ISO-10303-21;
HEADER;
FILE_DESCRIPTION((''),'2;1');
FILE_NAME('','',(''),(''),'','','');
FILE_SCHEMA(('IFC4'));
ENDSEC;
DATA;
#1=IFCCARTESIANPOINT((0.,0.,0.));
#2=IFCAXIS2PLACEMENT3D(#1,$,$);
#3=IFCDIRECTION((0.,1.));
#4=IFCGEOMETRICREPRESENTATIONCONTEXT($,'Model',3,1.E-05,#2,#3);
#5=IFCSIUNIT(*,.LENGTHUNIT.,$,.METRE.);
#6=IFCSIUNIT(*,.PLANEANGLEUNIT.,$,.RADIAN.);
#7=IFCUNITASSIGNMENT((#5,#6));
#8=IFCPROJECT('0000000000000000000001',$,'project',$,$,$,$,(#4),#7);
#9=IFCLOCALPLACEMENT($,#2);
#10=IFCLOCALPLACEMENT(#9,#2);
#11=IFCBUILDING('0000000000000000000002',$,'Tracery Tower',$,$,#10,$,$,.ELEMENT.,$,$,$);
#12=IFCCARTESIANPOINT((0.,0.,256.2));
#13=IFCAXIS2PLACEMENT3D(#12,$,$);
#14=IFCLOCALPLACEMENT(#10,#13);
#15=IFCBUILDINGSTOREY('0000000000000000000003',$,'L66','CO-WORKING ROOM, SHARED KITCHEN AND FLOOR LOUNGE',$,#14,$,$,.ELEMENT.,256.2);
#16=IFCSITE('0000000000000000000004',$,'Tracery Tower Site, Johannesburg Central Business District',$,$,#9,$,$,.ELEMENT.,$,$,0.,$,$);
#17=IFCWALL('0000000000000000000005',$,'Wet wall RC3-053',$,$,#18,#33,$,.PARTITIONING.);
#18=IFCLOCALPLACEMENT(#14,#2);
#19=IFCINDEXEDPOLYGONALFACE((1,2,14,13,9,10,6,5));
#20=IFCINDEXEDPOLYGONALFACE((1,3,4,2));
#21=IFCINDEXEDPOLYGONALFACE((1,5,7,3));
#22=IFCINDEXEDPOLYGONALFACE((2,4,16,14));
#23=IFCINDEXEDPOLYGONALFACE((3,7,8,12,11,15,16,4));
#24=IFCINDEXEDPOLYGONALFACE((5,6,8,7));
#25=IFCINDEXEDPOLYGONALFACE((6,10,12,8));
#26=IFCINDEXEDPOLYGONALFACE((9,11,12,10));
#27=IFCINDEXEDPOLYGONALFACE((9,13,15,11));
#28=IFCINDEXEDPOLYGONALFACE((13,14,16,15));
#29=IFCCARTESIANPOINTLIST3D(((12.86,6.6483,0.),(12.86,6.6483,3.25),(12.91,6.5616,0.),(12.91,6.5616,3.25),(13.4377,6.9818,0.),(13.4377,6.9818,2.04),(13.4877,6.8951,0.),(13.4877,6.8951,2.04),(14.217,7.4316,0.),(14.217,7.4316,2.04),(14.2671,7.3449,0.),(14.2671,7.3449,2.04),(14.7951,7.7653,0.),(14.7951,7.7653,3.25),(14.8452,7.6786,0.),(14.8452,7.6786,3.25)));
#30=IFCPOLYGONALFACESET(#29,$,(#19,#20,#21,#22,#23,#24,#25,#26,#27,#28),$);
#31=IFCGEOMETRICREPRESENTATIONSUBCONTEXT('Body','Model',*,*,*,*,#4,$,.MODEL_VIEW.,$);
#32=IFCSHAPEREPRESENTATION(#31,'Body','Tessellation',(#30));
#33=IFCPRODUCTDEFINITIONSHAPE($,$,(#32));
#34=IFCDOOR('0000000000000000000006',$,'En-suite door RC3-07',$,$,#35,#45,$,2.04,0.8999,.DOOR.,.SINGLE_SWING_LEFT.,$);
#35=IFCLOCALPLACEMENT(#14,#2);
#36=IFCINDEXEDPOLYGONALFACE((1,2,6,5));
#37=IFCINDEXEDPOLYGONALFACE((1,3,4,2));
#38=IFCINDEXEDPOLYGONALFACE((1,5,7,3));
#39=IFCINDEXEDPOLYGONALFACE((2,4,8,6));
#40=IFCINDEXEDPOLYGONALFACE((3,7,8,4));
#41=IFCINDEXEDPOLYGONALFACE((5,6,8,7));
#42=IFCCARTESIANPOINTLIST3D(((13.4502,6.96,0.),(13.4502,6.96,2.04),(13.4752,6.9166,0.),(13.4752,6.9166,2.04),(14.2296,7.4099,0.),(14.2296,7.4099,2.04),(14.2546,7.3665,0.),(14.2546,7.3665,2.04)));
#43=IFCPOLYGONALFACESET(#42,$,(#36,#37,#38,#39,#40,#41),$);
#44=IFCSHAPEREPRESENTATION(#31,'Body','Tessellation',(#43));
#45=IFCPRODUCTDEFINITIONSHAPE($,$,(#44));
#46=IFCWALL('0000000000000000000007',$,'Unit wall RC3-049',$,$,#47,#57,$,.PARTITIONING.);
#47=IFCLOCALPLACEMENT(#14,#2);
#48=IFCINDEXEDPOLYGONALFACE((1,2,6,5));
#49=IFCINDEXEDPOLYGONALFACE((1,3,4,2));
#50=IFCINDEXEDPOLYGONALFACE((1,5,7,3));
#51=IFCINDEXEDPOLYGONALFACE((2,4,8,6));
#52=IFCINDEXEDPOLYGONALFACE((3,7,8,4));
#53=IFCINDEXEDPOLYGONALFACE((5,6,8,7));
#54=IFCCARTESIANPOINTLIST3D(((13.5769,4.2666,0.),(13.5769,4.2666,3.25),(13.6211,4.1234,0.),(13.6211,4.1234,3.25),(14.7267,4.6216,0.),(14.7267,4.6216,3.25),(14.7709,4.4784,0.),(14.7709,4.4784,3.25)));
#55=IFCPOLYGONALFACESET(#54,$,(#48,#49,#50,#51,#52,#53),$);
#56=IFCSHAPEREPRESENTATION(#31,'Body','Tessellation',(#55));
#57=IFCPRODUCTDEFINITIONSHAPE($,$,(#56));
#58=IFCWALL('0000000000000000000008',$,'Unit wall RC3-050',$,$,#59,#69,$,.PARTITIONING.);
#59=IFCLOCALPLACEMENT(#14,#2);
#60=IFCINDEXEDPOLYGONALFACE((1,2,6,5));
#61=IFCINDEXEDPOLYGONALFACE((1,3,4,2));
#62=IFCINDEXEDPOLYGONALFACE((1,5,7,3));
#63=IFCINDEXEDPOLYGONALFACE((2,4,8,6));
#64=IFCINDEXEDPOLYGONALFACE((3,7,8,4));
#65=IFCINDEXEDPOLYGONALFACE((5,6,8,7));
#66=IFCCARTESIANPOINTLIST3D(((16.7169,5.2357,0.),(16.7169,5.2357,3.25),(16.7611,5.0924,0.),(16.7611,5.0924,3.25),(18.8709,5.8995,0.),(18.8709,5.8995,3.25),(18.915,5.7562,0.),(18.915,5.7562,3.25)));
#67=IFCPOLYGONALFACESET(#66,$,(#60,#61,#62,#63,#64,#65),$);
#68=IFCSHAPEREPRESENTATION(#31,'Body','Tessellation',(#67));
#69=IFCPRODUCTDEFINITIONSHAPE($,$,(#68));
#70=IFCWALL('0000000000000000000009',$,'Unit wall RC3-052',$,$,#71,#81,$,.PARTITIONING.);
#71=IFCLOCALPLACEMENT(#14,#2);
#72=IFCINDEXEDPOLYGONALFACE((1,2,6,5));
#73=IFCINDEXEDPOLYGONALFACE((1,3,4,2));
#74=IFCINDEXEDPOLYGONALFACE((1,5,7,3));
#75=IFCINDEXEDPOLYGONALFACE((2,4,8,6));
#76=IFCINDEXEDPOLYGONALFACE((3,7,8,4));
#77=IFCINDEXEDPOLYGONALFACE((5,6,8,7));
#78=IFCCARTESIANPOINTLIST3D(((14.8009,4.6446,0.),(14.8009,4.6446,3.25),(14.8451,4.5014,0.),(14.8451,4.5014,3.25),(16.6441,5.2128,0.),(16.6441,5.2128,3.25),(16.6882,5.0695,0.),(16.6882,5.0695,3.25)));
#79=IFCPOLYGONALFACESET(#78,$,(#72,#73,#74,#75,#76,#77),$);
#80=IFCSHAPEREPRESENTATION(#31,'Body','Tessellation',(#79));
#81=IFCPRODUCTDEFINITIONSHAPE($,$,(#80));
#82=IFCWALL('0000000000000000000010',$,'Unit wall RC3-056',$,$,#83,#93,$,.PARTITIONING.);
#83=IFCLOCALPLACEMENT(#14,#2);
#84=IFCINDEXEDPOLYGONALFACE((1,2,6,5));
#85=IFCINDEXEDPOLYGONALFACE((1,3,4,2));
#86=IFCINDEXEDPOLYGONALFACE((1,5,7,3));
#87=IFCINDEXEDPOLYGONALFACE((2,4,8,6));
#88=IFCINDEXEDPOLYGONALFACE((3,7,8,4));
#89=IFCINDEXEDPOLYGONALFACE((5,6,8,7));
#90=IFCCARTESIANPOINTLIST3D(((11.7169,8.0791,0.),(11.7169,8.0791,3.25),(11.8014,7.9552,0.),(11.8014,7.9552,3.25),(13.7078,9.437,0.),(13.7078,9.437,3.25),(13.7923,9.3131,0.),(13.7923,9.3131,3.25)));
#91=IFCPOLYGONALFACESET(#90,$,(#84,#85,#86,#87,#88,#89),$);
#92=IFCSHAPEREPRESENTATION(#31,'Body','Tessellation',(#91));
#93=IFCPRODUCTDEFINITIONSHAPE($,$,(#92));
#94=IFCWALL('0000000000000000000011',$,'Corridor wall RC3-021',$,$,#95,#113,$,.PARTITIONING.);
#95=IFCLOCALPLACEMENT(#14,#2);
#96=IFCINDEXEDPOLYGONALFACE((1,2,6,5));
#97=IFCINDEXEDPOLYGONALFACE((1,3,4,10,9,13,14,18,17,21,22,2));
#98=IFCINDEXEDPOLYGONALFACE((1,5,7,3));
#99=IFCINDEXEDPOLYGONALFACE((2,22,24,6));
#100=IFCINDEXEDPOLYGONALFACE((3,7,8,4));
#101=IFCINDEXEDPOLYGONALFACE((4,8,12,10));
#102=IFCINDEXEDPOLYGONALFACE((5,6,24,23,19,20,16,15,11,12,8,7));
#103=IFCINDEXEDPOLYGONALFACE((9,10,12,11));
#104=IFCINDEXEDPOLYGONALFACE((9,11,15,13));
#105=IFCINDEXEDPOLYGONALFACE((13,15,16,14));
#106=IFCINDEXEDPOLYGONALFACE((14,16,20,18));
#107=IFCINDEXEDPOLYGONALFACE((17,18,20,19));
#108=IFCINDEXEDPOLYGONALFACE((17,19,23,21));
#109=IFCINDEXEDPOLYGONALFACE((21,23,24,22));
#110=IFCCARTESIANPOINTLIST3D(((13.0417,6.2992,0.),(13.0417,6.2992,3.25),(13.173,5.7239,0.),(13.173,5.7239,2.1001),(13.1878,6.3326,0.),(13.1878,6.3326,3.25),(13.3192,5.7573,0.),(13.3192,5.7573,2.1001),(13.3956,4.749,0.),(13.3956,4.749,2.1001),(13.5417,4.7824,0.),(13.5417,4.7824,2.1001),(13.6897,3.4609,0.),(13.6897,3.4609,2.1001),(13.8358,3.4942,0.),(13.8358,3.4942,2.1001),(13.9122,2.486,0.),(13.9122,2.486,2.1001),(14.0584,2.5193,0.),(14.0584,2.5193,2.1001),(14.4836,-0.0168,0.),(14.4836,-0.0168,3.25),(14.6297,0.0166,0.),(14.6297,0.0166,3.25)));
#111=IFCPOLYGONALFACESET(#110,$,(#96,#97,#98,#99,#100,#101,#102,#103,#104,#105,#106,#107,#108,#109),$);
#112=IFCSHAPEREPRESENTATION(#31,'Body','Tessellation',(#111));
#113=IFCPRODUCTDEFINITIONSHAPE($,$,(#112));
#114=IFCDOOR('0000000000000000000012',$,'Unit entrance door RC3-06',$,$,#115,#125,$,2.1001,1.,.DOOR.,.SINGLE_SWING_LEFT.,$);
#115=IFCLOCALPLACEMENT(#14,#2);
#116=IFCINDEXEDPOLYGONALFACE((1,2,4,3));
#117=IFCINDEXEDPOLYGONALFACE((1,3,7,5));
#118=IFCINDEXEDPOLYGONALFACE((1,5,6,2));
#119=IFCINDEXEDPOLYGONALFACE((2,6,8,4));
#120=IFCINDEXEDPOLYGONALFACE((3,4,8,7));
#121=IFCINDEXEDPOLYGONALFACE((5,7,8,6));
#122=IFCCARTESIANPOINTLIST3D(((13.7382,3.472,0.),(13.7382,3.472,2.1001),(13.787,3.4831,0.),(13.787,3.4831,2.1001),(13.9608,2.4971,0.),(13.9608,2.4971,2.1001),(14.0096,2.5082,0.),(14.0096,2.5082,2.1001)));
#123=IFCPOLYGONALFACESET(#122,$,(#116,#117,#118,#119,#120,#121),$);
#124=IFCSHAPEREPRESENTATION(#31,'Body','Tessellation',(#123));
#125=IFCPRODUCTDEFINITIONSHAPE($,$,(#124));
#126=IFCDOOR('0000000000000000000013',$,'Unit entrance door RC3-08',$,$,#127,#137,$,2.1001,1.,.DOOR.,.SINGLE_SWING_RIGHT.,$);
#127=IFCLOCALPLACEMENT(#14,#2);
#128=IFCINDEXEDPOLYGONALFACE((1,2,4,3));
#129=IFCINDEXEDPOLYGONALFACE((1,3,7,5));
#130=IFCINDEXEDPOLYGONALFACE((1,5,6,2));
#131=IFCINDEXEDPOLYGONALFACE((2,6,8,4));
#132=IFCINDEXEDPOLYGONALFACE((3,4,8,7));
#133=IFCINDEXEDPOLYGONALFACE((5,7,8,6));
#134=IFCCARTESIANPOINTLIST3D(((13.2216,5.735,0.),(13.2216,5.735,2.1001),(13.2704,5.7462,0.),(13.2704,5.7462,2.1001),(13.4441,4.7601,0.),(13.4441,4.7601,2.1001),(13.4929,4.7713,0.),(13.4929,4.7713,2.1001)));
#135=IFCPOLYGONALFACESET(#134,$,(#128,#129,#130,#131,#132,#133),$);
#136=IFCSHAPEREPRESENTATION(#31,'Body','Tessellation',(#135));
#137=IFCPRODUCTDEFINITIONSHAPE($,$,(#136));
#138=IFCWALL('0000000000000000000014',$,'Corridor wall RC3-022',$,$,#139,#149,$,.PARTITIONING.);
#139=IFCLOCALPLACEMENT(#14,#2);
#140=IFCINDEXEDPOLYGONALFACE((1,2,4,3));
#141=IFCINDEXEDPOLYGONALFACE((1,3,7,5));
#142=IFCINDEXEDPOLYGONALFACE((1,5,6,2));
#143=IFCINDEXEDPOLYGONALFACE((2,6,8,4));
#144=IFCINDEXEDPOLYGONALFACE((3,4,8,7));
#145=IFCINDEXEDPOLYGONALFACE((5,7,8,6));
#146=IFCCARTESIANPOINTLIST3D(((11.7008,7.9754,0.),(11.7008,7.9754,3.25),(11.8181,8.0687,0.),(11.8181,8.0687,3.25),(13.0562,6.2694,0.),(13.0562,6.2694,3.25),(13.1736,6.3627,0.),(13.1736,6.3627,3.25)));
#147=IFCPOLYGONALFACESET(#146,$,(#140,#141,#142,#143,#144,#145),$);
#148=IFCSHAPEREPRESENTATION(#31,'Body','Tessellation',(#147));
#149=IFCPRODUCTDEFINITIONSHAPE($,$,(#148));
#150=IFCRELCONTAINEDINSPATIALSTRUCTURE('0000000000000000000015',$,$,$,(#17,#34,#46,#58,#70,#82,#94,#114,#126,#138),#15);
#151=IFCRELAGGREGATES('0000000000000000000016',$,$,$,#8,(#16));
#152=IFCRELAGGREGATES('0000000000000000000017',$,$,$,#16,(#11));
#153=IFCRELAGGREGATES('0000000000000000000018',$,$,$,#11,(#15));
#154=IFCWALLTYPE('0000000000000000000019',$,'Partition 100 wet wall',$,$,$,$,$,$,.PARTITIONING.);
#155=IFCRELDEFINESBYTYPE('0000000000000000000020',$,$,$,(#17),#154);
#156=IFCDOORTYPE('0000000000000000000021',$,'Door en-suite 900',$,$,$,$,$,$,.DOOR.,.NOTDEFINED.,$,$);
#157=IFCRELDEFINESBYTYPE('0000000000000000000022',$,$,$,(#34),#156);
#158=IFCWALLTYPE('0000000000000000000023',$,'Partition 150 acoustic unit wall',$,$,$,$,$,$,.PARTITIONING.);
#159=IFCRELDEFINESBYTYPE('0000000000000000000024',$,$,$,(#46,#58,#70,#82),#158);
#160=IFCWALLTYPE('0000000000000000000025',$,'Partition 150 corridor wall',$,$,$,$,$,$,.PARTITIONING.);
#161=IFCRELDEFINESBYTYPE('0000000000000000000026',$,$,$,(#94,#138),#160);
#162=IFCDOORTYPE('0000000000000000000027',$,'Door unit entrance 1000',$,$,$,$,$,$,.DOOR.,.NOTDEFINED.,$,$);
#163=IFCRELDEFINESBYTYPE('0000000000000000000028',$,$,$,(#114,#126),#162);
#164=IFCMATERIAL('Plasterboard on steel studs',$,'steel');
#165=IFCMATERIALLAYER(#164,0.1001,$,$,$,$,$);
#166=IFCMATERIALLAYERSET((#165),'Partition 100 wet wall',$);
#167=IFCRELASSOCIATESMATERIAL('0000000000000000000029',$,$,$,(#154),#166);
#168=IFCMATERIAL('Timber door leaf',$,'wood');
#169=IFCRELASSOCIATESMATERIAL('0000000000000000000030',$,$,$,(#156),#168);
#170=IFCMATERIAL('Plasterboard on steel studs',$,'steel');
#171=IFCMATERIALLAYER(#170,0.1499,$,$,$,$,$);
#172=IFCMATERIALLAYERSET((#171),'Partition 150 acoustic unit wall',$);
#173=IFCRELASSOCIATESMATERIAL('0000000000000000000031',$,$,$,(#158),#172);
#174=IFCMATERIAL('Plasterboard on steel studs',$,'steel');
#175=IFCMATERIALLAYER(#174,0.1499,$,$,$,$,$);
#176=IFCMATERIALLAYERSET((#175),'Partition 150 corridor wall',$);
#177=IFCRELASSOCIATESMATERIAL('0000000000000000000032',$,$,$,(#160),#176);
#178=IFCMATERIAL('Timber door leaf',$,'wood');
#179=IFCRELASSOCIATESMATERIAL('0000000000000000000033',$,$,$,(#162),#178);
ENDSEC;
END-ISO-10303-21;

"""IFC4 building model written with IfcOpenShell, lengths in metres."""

from ifc_helpers import new_model, si_unit, direction, frame, frame_2d, origin, place, context, subcontext, project, spatial, rectangle, extrude, material, layer, layer_set, type_object, element, fill, save


model = new_model("IFC4")

# Units and contexts
model_context = context("Model", 3, precision=1e-05, world=origin(), true_north=direction((0.0, 1.0)))
body_context = subcontext(model_context, "Body", "Model", "MODEL_VIEW")
ifc_project = project(units=[si_unit("LENGTHUNIT", "METRE"), si_unit("PLANEANGLEUNIT", "RADIAN")], contexts=[model_context])

# Site, building, storey
site_placement = place(None, origin())
site = spatial("IfcSite", under=ifc_project, at=site_placement, Name="Tracery Tower Site, Johannesburg Central Business District", CompositionType="ELEMENT", RefElevation=0.0)
building_placement = place(site_placement, origin())
building = spatial("IfcBuilding", under=site, at=building_placement, Name="Tracery Tower", CompositionType="ELEMENT")
storey_placement = place(building_placement, frame((0.0, 0.0, 256.2)))
storey = spatial("IfcBuildingStorey", under=building, at=storey_placement, Name="L66", Description="CO-WORKING ROOM, SHARED KITCHEN AND FLOOR LOUNGE", CompositionType="ELEMENT", Elevation=256.2)

# Shared definitions
ifc_material_1 = material(Name="Plasterboard on steel studs", Category="steel")
ifc_layer_1 = layer(ifc_material_1, 0.1001)
ifc_layer_set_1 = layer_set([ifc_layer_1], Name="Partition 100 wet wall")
wall_type_1 = type_object("IfcWallType", Name="Partition 100 wet wall", PredefinedType="PARTITIONING", material=ifc_layer_set_1)

# Wall, opening, door
ifc_material_2 = material(Name="Timber door leaf", Category="wood")
door_type_1 = type_object("IfcDoorType", Name="Door en-suite 900", OperationType="NOTDEFINED", PredefinedType="DOOR", material=ifc_material_2)
wall_1_placement = place(storey_placement, frame((12.885, 6.605, 0.0), z_axis=(0.0, 0.0, 1.0), x_axis=(0.866076, 0.499912, 0.0)))
wall_1 = element("IfcWall", 1, at=wall_1_placement, inside=storey, type_object=wall_type_1, Name="Wet wall RC3-053", PredefinedType="PARTITIONING", context=body_context, shape_type="SweptSolid", body=[
    extrude(rectangle(XDim=2.2344, YDim=0.1001, at=frame_2d((1.1172, 0.0))), origin(), (0.0, 0.0, 1.0), 3.25),
])
opening_1_placement = place(wall_1_placement, frame((0.667, 0.0, 0.0)))
opening_1 = element("IfcOpeningElement", 2, at=opening_1_placement, cuts=wall_1, PredefinedType="OPENING", context=body_context, shape_type="SweptSolid", body=[
    extrude(rectangle(XDim=0.8999, YDim=2.04, at=frame_2d((0.45, 1.02))), frame((0.0, 0.05, 0.0), z_axis=(0.0, -1.0, 0.0), x_axis=(1.0, 0.0, 0.0)), (0.0, 0.0, 1.0), 0.1001),
])
door_1_placement = place(opening_1_placement, origin())
door_1 = element("IfcDoor", 3, at=door_1_placement, inside=storey, type_object=door_type_1, Name="En-suite door RC3-07", OperationType="SINGLE_SWING_LEFT", OverallHeight=2.04, OverallWidth=0.8999, PredefinedType="DOOR", context=body_context, shape_type="SweptSolid", body=[
    extrude(rectangle(XDim=0.8999, YDim=2.04, at=frame_2d((0.45, 1.02))), frame((0.0, 0.0249, 0.0), z_axis=(0.0, -1.0, 0.0), x_axis=(1.0, 0.0, 0.0)), (0.0, 0.0, 1.0), 0.05),
])
fill(opening_1, door_1)

# Walls
ifc_material_3 = material(Name="Plasterboard on steel studs", Category="steel")
ifc_layer_2 = layer(ifc_material_3, 0.1499)
ifc_layer_set_2 = layer_set([ifc_layer_2], Name="Partition 150 acoustic unit wall")
wall_type_2 = type_object("IfcWallType", Name="Partition 150 acoustic unit wall", PredefinedType="PARTITIONING", material=ifc_layer_set_2)
wall_2_placement = place(storey_placement, frame((13.5991, 4.1951, 0.0), z_axis=(0.0, 0.0, 1.0), x_axis=(0.955507, 0.29497, 0.0)))
element("IfcWall", 4, at=wall_2_placement, inside=storey, type_object=wall_type_2, Name="Unit wall RC3-049", PredefinedType="PARTITIONING", context=body_context, shape_type="SweptSolid", body=[
    extrude(rectangle(XDim=1.2034, YDim=0.1499, at=frame_2d((0.6016, 0.0))), origin(), (0.0, 0.0, 1.0), 3.25),
])
wall_3_placement = place(storey_placement, frame((16.739, 5.1641, 0.0), z_axis=(0.0, 0.0, 1.0), x_axis=(0.95565, 0.294504, 0.0)))
element("IfcWall", 5, at=wall_3_placement, inside=storey, type_object=wall_type_2, Name="Unit wall RC3-050", PredefinedType="PARTITIONING", context=body_context, shape_type="SweptSolid", body=[
    extrude(rectangle(XDim=2.2539, YDim=0.1499, at=frame_2d((1.127, 0.0))), origin(), (0.0, 0.0, 1.0), 3.25),
])
wall_4_placement = place(storey_placement, frame((14.823, 4.573, 0.0), z_axis=(0.0, 0.0, 1.0), x_axis=(0.955628, 0.294575, 0.0)))
element("IfcWall", 6, at=wall_4_placement, inside=storey, type_object=wall_type_2, Name="Unit wall RC3-052", PredefinedType="PARTITIONING", context=body_context, shape_type="SweptSolid", body=[
    extrude(rectangle(XDim=1.9287, YDim=0.1499, at=frame_2d((0.9644, 0.0))), origin(), (0.0, 0.0, 1.0), 3.25),
])
wall_5_placement = place(storey_placement, frame((11.759, 8.0171, 0.0), z_axis=(0.0, 0.0, 1.0), x_axis=(0.826144, 0.563459, 0.0)))
element("IfcWall", 7, at=wall_5_placement, inside=storey, type_object=wall_type_2, Name="Unit wall RC3-056", PredefinedType="PARTITIONING", context=body_context, shape_type="SweptSolid", body=[
    extrude(rectangle(XDim=2.4099, YDim=0.1499, at=frame_2d((1.2051, 0.0))), origin(), (0.0, 0.0, 1.0), 3.25),
])

# Wall, openings, doors
ifc_material_4 = material(Name="Plasterboard on steel studs", Category="steel")
ifc_layer_3 = layer(ifc_material_4, 0.1499)
ifc_layer_set_3 = layer_set([ifc_layer_3], Name="Partition 150 corridor wall")
wall_type_3 = type_object("IfcWallType", Name="Partition 150 corridor wall", PredefinedType="PARTITIONING", material=ifc_layer_set_3)
wall_6_placement = place(storey_placement, frame((13.1147, 6.3159, 0.0), z_axis=(0.0, 0.0, 1.0), x_axis=(0.222569, -0.974917, 0.0)))
wall_6 = element("IfcWall", 8, at=wall_6_placement, inside=storey, type_object=wall_type_3, Name="Corridor wall RC3-021", PredefinedType="PARTITIONING", context=body_context, shape_type="SweptSolid", body=[
    extrude(rectangle(XDim=6.4785, YDim=0.1499, at=frame_2d((3.2393, 0.0))), origin(), (0.0, 0.0, 1.0), 3.25),
])
opening_2_placement = place(wall_6_placement, frame((2.9114, 0.0, 0.0)))
opening_2 = element("IfcOpeningElement", 9, at=opening_2_placement, cuts=wall_6, PredefinedType="OPENING", context=body_context, shape_type="SweptSolid", body=[
    extrude(rectangle(XDim=1.0, YDim=2.1001, at=frame_2d((0.5, 1.05))), frame((0.0, 0.075, 0.0), z_axis=(0.0, -1.0, 0.0), x_axis=(1.0, 0.0, 0.0)), (0.0, 0.0, 1.0), 0.1499),
])
opening_3_placement = place(wall_6_placement, frame((0.5901, 0.0, 0.0)))
opening_3 = element("IfcOpeningElement", 10, at=opening_3_placement, cuts=wall_6, PredefinedType="OPENING", context=body_context, shape_type="SweptSolid", body=[
    extrude(rectangle(XDim=1.0, YDim=2.1001, at=frame_2d((0.5, 1.05))), frame((0.0, 0.075, 0.0), z_axis=(0.0, -1.0, 0.0), x_axis=(1.0, 0.0, 0.0)), (0.0, 0.0, 1.0), 0.1499),
])
ifc_material_5 = material(Name="Timber door leaf", Category="wood")
door_type_2 = type_object("IfcDoorType", Name="Door unit entrance 1000", OperationType="NOTDEFINED", PredefinedType="DOOR", material=ifc_material_5)
door_2_placement = place(opening_2_placement, origin())
door_2 = element("IfcDoor", 11, at=door_2_placement, inside=storey, type_object=door_type_2, Name="Unit entrance door RC3-06", OperationType="SINGLE_SWING_LEFT", OverallHeight=2.1001, OverallWidth=1.0, PredefinedType="DOOR", context=body_context, shape_type="SweptSolid", body=[
    extrude(rectangle(XDim=1.0, YDim=2.1001, at=frame_2d((0.5, 1.05))), frame((0.0, 0.0249, 0.0), z_axis=(0.0, -1.0, 0.0), x_axis=(1.0, 0.0, 0.0)), (0.0, 0.0, 1.0), 0.05),
])
fill(opening_2, door_2)
door_3_placement = place(opening_3_placement, origin())
door_3 = element("IfcDoor", 12, at=door_3_placement, inside=storey, type_object=door_type_2, Name="Unit entrance door RC3-08", OperationType="SINGLE_SWING_RIGHT", OverallHeight=2.1001, OverallWidth=1.0, PredefinedType="DOOR", context=body_context, shape_type="SweptSolid", body=[
    extrude(rectangle(XDim=1.0, YDim=2.1001, at=frame_2d((0.5, 1.05))), frame((0.0, 0.0249, 0.0), z_axis=(0.0, -1.0, 0.0), x_axis=(1.0, 0.0, 0.0)), (0.0, 0.0, 1.0), 0.05),
])
fill(opening_3, door_3)

# Wall
wall_7_placement = place(storey_placement, frame((11.7595, 8.022, 0.0), z_axis=(0.0, 0.0, 1.0), x_axis=(0.622068, -0.782963, 0.0)))
element("IfcWall", 13, at=wall_7_placement, inside=storey, type_object=wall_type_3, Name="Corridor wall RC3-022", PredefinedType="PARTITIONING", context=body_context, shape_type="SweptSolid", body=[
    extrude(rectangle(XDim=2.179, YDim=0.1499, at=frame_2d((1.0894, 0.0))), origin(), (0.0, 0.0, 1.0), 3.25),
])

save(model, "model.ifc")
